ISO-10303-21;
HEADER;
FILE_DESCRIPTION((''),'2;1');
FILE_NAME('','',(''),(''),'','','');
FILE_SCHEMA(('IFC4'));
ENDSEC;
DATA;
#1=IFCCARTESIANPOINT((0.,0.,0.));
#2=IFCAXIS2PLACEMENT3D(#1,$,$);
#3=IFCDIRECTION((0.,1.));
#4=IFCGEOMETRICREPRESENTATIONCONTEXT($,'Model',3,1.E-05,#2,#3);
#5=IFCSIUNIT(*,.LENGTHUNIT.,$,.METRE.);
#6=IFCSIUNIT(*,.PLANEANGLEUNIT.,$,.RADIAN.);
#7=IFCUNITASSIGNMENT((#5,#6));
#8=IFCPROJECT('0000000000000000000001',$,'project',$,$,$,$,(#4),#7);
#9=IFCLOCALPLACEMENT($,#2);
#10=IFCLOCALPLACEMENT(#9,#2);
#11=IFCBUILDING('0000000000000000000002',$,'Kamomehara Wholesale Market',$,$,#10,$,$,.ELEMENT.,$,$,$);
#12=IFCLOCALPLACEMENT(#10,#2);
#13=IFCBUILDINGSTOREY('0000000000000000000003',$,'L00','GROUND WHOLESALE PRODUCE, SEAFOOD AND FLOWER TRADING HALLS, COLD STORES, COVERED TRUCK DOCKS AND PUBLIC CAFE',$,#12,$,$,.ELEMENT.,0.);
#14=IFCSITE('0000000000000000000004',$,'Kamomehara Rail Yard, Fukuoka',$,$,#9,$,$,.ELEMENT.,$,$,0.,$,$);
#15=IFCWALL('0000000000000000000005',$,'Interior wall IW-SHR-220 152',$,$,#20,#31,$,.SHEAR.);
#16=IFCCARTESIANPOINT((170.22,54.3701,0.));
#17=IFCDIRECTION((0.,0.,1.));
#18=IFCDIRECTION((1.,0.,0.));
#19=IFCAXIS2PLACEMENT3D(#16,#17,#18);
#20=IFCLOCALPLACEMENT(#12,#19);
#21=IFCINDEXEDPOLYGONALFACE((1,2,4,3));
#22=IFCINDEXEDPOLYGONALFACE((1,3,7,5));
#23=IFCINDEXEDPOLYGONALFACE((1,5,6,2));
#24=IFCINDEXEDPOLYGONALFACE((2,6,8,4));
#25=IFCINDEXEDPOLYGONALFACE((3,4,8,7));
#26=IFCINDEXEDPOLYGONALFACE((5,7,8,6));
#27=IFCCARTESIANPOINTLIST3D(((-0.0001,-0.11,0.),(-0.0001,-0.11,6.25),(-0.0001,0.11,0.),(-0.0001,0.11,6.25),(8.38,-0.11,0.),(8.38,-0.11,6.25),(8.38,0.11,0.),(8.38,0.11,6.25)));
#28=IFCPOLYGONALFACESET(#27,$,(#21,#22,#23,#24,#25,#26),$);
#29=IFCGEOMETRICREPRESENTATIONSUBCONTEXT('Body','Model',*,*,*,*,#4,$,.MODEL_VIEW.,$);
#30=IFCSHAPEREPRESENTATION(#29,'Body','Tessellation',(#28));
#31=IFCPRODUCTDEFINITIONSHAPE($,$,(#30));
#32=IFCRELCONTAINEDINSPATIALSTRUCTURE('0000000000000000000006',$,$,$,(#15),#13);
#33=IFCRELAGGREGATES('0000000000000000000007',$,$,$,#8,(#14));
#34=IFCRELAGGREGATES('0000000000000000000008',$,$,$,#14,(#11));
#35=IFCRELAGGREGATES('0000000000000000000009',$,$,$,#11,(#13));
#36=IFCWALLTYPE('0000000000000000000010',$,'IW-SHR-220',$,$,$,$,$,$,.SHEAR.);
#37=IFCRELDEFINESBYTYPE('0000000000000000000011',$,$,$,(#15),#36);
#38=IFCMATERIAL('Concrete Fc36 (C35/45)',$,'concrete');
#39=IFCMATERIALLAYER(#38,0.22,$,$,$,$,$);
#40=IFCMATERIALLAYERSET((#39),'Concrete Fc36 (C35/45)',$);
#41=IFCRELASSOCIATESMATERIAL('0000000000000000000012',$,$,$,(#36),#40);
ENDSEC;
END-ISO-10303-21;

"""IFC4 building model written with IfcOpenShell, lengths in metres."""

from ifc_helpers import new_model, si_unit, direction, frame, frame_2d, origin, place, context, subcontext, project, spatial, rectangle, extrude, material, layer, layer_set, type_object, element, save


model = new_model("IFC4")

# Units and contexts
model_context = context("Model", 3, precision=1e-05, world=origin(), true_north=direction((0.0, 1.0)))
body_context = subcontext(model_context, "Body", "Model", "MODEL_VIEW")
ifc_project = project(units=[si_unit("LENGTHUNIT", "METRE"), si_unit("PLANEANGLEUNIT", "RADIAN")], contexts=[model_context])

# Site, building, storey
site_placement = place(None, origin())
site = spatial("IfcSite", under=ifc_project, at=site_placement, Name="Kamomehara Rail Yard, Fukuoka", CompositionType="ELEMENT", RefElevation=0.0)
building_placement = place(site_placement, origin())
building = spatial("IfcBuilding", under=site, at=building_placement, Name="Kamomehara Wholesale Market", CompositionType="ELEMENT")
storey_placement = place(building_placement, origin())
storey = spatial("IfcBuildingStorey", under=building, at=storey_placement, Name="L00", Description="GROUND WHOLESALE PRODUCE, SEAFOOD AND FLOWER TRADING HALLS, COLD STORES, COVERED TRUCK DOCKS AND PUBLIC CAFE", CompositionType="ELEMENT", Elevation=0.0)

# Wall
ifc_material_1 = material(Name="Concrete Fc36 (C35/45)", Category="concrete")
ifc_layer_1 = layer(ifc_material_1, 0.22)
ifc_layer_set_1 = layer_set([ifc_layer_1], Name="Concrete Fc36 (C35/45)")
wall_type_1 = type_object("IfcWallType", Name="IW-SHR-220", PredefinedType="SHEAR", material=ifc_layer_set_1)
wall_1_placement = place(storey_placement, frame((170.22, 54.3701, 0.0), z_axis=(0.0, 0.0, 1.0), x_axis=(1.0, 0.0, 0.0)))
element("IfcWall", 1, at=wall_1_placement, inside=storey, type_object=wall_type_1, Name="Interior wall IW-SHR-220 152", PredefinedType="SHEAR", context=body_context, shape_type="SweptSolid", body=[
    extrude(rectangle(XDim=8.3801, YDim=0.22, at=frame_2d((4.1899, 0.0))), origin(), (0.0, 0.0, 1.0), 6.25),
])

save(model, "model.ifc")
